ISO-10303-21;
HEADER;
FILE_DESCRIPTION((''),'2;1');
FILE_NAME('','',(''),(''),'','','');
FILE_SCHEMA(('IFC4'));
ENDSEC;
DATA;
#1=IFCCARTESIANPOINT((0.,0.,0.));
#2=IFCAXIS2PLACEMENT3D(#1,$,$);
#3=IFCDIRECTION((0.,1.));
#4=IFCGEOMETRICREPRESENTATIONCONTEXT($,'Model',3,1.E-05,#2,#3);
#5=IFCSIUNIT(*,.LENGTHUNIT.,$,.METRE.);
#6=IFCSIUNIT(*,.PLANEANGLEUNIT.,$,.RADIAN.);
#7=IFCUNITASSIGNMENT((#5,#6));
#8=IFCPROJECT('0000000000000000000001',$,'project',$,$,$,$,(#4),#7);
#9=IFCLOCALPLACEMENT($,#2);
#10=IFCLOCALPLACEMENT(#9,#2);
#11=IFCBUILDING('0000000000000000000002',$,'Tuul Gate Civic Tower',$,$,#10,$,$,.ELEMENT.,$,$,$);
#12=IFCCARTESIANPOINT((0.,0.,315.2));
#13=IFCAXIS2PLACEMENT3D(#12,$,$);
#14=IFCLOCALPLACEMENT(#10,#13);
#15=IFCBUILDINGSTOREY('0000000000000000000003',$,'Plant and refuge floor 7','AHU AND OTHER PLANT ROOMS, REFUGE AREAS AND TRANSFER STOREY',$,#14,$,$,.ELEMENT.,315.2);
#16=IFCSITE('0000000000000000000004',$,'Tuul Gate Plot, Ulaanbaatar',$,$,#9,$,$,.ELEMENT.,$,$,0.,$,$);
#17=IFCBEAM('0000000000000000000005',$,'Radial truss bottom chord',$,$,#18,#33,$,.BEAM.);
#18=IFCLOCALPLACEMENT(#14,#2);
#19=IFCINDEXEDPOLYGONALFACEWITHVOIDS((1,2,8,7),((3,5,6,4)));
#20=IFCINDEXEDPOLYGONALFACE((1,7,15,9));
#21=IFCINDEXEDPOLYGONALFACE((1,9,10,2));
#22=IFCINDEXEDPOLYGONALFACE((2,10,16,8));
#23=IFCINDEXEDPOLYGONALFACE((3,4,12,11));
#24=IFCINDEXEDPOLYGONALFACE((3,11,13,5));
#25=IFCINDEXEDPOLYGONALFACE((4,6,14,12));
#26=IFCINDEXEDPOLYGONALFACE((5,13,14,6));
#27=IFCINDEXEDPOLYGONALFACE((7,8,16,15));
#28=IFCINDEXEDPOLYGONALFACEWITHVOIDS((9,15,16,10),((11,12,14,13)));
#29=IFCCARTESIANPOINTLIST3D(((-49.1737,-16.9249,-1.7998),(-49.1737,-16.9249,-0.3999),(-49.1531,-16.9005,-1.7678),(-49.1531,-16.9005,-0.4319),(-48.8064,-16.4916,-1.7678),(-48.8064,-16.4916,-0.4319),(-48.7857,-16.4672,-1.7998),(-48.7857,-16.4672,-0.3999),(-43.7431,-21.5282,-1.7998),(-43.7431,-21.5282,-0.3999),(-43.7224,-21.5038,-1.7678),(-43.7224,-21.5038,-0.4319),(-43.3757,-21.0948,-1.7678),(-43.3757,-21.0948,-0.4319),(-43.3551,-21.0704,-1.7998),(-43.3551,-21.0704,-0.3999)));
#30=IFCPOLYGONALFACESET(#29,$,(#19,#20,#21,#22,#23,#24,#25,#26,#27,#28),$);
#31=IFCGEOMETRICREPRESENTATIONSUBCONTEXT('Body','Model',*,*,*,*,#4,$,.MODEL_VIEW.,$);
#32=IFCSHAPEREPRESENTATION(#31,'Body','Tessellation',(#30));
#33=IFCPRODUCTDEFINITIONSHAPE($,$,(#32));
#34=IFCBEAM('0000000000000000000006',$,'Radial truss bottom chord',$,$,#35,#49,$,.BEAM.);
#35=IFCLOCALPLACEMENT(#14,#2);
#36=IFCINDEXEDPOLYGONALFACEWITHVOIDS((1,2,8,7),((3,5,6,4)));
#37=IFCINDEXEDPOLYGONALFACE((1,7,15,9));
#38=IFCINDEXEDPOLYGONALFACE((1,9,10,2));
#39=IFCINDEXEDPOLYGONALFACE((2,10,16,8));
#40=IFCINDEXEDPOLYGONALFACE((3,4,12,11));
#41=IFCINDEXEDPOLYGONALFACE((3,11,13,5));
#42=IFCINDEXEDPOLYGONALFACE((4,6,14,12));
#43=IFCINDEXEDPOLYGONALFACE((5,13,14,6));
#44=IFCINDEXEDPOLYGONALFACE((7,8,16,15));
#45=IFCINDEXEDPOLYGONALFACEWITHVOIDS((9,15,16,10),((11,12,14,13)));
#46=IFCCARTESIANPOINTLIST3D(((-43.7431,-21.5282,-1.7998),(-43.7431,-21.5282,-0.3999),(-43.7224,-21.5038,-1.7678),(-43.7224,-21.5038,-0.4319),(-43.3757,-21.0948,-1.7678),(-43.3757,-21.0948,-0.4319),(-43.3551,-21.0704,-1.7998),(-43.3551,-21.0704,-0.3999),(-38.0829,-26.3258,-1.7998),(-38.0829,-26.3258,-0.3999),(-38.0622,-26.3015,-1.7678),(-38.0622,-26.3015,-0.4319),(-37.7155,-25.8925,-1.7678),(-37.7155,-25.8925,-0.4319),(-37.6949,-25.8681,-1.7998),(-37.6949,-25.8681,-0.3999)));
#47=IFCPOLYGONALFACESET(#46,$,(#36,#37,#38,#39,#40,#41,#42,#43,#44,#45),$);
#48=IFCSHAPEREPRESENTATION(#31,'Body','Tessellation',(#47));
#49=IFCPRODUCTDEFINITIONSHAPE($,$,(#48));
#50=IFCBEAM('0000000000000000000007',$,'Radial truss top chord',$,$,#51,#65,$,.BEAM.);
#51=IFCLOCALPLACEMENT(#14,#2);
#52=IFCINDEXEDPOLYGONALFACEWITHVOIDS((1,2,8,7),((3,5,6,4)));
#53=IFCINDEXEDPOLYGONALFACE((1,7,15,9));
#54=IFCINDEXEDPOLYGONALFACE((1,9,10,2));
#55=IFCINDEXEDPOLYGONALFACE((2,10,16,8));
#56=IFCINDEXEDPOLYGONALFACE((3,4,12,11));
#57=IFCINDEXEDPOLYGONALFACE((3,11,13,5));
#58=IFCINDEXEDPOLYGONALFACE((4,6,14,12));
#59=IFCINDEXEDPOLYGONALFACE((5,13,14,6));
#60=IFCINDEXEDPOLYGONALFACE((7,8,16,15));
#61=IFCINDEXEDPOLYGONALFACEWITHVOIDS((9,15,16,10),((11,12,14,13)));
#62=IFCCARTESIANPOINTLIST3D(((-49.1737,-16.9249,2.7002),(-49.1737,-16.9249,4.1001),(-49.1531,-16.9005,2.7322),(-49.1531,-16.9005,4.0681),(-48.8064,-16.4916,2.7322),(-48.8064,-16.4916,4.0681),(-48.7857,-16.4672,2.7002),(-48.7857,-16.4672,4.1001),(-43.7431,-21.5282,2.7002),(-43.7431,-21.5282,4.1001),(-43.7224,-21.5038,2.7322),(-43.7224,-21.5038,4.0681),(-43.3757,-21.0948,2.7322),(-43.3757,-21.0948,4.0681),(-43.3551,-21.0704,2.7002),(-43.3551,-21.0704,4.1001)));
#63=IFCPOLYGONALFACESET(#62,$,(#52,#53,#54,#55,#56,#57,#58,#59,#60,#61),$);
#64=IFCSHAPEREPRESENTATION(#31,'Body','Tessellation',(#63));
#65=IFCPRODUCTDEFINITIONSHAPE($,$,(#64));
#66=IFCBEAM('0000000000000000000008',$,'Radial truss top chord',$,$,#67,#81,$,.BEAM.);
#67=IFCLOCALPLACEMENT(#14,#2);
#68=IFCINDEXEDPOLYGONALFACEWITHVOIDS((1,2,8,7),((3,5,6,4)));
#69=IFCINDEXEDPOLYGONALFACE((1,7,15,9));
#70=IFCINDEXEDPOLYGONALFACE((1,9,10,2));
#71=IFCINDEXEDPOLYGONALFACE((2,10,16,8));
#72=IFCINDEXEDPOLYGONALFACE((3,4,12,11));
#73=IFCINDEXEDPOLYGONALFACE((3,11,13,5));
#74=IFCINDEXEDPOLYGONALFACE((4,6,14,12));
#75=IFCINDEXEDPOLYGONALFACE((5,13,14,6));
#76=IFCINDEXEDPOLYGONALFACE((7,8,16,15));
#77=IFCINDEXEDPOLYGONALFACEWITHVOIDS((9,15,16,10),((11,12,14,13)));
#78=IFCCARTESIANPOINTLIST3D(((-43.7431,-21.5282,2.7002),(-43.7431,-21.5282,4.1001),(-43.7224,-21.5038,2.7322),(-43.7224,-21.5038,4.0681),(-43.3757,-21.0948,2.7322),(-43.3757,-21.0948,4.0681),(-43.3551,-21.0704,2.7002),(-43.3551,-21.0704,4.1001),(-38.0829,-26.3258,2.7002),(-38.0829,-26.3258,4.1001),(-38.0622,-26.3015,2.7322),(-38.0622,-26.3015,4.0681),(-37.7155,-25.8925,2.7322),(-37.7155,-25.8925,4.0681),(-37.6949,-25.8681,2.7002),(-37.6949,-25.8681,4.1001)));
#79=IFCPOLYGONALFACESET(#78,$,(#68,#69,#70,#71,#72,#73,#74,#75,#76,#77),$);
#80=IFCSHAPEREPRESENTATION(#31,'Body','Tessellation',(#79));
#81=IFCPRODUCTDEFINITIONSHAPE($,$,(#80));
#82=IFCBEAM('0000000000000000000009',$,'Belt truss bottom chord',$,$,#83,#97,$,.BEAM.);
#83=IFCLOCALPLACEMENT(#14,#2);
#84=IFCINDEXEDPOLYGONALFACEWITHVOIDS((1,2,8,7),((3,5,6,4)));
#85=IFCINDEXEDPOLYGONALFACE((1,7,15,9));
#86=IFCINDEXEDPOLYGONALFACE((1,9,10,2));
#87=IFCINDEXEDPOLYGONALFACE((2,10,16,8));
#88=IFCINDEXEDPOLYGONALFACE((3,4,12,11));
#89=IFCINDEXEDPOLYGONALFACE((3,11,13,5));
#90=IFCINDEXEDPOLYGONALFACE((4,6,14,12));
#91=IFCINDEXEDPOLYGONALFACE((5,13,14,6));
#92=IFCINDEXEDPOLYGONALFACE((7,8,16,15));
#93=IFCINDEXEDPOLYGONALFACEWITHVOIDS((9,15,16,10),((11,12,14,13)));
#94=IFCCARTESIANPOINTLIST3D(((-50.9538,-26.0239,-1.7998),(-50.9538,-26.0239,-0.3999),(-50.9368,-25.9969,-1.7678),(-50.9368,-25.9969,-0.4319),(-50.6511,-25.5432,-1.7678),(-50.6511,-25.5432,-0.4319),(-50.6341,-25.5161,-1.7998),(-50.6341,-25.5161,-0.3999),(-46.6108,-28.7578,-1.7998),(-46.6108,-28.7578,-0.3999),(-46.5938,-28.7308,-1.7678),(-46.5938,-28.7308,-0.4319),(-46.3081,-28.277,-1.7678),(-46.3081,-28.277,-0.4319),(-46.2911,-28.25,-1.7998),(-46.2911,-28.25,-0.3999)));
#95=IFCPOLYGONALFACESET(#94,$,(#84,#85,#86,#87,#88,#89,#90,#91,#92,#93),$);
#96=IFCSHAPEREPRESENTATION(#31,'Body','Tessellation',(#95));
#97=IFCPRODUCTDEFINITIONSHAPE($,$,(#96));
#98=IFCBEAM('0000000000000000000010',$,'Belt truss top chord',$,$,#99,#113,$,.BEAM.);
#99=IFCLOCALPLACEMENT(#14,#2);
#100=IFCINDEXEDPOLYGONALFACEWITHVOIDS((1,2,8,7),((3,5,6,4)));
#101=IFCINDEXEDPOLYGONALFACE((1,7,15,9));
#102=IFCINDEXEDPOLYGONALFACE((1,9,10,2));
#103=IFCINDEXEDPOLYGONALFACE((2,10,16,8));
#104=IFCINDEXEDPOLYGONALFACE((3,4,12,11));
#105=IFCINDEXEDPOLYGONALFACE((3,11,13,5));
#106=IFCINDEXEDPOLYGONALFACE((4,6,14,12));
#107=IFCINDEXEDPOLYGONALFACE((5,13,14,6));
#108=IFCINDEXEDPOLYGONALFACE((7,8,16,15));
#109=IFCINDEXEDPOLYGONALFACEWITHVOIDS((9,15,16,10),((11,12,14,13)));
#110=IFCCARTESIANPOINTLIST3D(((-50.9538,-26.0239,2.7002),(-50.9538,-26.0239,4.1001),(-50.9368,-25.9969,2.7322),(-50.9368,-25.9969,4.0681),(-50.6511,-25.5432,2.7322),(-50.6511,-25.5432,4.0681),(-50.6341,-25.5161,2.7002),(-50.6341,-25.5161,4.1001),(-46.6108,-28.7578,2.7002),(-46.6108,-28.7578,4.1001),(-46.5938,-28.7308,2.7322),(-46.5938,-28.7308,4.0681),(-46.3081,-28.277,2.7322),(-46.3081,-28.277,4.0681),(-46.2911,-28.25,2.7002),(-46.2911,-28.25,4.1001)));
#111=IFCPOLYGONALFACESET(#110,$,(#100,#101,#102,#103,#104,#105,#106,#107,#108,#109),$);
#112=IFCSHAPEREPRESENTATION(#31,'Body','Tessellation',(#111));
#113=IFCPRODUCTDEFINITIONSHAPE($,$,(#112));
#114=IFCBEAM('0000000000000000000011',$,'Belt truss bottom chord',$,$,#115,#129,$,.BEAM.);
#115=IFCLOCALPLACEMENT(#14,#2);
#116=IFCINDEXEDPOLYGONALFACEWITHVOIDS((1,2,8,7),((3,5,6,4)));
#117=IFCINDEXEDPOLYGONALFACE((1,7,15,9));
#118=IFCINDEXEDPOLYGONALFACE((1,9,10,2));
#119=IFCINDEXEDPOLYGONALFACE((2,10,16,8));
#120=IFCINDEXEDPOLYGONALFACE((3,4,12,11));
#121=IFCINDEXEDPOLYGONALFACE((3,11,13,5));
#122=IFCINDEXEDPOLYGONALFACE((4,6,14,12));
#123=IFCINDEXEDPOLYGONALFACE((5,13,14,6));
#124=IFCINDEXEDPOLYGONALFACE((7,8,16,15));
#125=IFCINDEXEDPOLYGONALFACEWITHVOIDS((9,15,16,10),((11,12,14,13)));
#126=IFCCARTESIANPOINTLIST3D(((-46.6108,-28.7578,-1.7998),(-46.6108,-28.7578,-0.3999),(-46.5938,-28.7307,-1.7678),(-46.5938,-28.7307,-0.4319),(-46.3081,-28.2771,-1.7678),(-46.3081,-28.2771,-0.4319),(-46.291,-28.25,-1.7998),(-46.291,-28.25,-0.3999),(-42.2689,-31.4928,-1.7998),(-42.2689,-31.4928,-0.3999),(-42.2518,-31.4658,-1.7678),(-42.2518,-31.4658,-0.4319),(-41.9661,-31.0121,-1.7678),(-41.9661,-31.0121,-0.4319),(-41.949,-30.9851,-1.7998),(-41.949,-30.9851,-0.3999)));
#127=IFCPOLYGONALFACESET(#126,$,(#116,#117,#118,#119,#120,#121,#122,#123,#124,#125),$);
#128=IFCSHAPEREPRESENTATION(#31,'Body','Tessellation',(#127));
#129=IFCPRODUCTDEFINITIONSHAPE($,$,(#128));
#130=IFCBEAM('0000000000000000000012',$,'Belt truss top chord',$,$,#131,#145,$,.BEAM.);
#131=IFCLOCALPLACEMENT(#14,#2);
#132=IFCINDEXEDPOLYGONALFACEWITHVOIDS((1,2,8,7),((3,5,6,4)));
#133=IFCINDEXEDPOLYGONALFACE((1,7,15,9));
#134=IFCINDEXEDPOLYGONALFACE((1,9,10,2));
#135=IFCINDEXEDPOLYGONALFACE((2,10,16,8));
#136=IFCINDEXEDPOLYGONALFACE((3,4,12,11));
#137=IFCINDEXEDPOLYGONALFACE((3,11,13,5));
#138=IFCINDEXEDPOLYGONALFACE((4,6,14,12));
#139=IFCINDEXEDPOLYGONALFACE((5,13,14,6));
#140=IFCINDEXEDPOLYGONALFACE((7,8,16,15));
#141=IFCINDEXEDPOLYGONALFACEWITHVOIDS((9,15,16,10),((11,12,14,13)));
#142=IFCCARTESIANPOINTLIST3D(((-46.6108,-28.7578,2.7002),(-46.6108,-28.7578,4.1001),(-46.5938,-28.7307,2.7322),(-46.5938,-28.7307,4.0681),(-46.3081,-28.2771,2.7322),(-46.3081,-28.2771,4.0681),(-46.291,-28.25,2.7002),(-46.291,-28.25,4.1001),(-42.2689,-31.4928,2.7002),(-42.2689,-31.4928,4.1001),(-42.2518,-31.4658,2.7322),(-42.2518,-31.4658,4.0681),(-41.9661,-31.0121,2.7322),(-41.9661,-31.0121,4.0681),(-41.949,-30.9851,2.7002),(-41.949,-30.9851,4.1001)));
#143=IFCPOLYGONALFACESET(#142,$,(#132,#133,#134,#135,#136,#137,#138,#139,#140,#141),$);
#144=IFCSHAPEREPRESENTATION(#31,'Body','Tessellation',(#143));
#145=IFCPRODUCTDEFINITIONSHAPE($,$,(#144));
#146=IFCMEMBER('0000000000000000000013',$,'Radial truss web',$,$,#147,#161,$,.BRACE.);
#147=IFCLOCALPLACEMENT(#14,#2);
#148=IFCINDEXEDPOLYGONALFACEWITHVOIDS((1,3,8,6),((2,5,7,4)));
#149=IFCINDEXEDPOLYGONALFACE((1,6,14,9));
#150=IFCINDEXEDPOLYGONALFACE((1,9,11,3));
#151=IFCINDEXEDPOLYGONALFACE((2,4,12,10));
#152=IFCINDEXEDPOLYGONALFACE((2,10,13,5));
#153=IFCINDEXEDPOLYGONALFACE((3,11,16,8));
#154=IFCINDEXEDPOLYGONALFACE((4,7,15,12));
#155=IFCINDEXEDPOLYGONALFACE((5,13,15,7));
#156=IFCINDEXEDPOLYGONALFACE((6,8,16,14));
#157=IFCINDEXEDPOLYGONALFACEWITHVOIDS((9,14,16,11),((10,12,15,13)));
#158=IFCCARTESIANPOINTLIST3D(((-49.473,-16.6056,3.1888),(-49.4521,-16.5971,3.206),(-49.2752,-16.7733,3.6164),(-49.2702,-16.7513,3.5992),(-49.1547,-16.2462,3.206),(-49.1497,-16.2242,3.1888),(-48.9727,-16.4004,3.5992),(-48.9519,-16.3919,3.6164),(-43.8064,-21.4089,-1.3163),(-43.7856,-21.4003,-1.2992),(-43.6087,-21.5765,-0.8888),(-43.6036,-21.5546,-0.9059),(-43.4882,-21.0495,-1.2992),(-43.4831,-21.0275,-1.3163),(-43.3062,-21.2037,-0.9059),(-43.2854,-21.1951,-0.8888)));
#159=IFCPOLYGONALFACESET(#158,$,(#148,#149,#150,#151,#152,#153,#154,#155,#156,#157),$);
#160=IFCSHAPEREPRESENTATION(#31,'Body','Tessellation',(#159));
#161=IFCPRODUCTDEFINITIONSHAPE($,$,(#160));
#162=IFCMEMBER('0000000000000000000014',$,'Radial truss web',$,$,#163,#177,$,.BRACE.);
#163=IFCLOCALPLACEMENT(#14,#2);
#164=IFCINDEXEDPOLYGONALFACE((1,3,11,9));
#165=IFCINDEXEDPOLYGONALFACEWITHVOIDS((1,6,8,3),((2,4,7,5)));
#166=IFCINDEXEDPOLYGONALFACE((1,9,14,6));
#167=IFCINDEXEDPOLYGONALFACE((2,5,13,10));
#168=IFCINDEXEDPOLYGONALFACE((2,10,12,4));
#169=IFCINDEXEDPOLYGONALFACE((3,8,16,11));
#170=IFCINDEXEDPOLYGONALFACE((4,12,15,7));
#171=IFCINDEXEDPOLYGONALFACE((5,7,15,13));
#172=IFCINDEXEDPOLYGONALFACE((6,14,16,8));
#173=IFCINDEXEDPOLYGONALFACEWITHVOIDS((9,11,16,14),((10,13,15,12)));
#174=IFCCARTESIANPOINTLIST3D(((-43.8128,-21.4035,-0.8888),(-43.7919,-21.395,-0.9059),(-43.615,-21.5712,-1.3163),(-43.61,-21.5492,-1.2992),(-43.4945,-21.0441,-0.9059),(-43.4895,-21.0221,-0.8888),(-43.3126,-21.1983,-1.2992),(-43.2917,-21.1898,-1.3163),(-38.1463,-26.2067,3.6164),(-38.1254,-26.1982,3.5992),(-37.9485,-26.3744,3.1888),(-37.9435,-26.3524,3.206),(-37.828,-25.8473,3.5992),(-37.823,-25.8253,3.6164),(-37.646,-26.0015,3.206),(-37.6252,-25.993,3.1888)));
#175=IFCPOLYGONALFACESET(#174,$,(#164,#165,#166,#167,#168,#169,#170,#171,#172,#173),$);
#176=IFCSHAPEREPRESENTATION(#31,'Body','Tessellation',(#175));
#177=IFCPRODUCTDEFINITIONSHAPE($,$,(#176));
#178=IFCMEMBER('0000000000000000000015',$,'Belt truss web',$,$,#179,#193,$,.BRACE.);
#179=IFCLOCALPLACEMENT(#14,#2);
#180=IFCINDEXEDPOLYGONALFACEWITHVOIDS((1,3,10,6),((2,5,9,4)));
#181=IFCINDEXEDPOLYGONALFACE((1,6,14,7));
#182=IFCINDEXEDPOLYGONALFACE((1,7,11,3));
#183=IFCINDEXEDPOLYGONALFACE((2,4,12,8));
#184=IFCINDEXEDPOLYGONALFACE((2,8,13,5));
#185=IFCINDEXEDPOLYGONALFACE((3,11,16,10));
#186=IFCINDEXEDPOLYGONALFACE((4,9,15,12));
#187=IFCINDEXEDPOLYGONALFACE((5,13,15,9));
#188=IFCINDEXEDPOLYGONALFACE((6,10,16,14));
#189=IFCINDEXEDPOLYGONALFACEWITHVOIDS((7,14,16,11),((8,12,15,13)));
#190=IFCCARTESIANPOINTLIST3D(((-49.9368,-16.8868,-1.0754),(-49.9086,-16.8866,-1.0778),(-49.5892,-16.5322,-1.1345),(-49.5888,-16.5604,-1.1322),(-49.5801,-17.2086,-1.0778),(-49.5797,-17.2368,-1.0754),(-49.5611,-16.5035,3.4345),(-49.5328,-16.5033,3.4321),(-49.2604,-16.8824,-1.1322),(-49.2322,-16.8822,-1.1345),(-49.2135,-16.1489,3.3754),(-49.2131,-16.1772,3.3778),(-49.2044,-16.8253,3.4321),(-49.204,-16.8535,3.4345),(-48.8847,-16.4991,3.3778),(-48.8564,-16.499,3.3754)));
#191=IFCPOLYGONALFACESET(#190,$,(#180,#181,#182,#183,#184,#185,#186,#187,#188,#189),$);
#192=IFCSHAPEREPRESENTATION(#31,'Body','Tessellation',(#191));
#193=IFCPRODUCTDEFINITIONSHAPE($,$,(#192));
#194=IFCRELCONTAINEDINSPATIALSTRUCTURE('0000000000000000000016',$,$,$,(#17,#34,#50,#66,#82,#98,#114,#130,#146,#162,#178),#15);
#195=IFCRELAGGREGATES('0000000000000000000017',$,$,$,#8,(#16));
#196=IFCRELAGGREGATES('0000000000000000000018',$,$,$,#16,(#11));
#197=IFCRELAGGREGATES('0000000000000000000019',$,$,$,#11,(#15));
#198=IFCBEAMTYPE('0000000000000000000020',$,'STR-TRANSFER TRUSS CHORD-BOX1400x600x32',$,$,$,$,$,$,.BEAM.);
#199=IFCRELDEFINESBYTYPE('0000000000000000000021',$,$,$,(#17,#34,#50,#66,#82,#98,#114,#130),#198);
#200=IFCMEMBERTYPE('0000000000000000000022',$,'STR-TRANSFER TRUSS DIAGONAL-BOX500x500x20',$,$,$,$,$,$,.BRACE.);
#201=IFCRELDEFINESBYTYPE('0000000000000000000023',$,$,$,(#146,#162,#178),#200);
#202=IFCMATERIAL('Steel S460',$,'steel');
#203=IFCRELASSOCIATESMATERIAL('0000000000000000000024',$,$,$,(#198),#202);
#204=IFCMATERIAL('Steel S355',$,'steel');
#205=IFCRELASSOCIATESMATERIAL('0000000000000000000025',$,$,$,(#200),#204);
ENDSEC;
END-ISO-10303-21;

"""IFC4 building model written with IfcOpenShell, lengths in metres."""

from ifc_helpers import new_model, si_unit, direction, frame, origin, origin_2d, place, context, subcontext, project, spatial, hollow_rectangle, extrude, material, material_profile, profile_set, type_object, element, save


model = new_model("IFC4")

# Units and contexts
model_context = context("Model", 3, precision=1e-05, world=origin(), true_north=direction((0.0, 1.0)))
body_context = subcontext(model_context, "Body", "Model", "MODEL_VIEW")
ifc_project = project(units=[si_unit("LENGTHUNIT", "METRE"), si_unit("PLANEANGLEUNIT", "RADIAN")], contexts=[model_context])

# Site, building, storey
site_placement = place(None, origin())
site = spatial("IfcSite", under=ifc_project, at=site_placement, Name="Tuul Gate Plot, Ulaanbaatar", CompositionType="ELEMENT", RefElevation=0.0)
building_placement = place(site_placement, origin())
building = spatial("IfcBuilding", under=site, at=building_placement, Name="Tuul Gate Civic Tower", CompositionType="ELEMENT")
storey_placement = place(building_placement, frame((0.0, 0.0, 315.2)))
storey = spatial("IfcBuildingStorey", under=building, at=storey_placement, Name="Plant and refuge floor 7", Description="AHU AND OTHER PLANT ROOMS, REFUGE AREAS AND TRANSFER STOREY", CompositionType="ELEMENT", Elevation=315.2)

# Beams
ifc_material_1 = material(Name="Steel S460", Category="steel")
ifc_material_profile_1 = material_profile(ifc_material_1, hollow_rectangle(XDim=0.6001, YDim=1.3999, WallThickness=0.032, at=origin_2d()), Name="BOX1400x600x32")
ifc_profile_set_1 = profile_set([ifc_material_profile_1], Name="Steel S460")
beam_type = type_object("IfcBeamType", Name="STR-TRANSFER TRUSS CHORD-BOX1400x600x32", PredefinedType="BEAM", material=ifc_profile_set_1)
beam_1_placement = place(storey_placement, frame((-48.9797, -16.696, -1.0999), z_axis=(0.762825, -0.646605, 0.0), x_axis=(0.646605, 0.762825, 0.0)))
element("IfcBeam", 1, at=beam_1_placement, inside=storey, type_object=beam_type, Name="Radial truss bottom chord", PredefinedType="BEAM", context=body_context, shape_type="SweptSolid", body=[
    extrude(hollow_rectangle(XDim=0.6001, YDim=1.3999, WallThickness=0.032, at=origin_2d()), origin(), (0.0, 0.0, 1.0), 7.1191),
])
beam_2_placement = place(storey_placement, frame((-43.5491, -21.2993, -1.0999), z_axis=(0.762838, -0.64659, 0.0), x_axis=(0.64659, 0.762838, 0.0)))
element("IfcBeam", 2, at=beam_2_placement, inside=storey, type_object=beam_type, Name="Radial truss bottom chord", PredefinedType="BEAM", context=body_context, shape_type="SweptSolid", body=[
    extrude(hollow_rectangle(XDim=0.6001, YDim=1.3999, WallThickness=0.032, at=origin_2d()), origin(), (0.0, 0.0, 1.0), 7.4199),
])
beam_3_placement = place(storey_placement, frame((-48.9797, -16.696, 3.4001), z_axis=(0.762825, -0.646605, 0.0), x_axis=(0.646605, 0.762825, 0.0)))
element("IfcBeam", 3, at=beam_3_placement, inside=storey, type_object=beam_type, Name="Radial truss top chord", PredefinedType="BEAM", context=body_context, shape_type="SweptSolid", body=[
    extrude(hollow_rectangle(XDim=0.6001, YDim=1.3999, WallThickness=0.032, at=origin_2d()), origin(), (0.0, 0.0, 1.0), 7.1191),
])
beam_4_placement = place(storey_placement, frame((-43.5491, -21.2993, 3.4001), z_axis=(0.762838, -0.64659, 0.0), x_axis=(0.64659, 0.762838, 0.0)))
element("IfcBeam", 4, at=beam_4_placement, inside=storey, type_object=beam_type, Name="Radial truss top chord", PredefinedType="BEAM", context=body_context, shape_type="SweptSolid", body=[
    extrude(hollow_rectangle(XDim=0.6001, YDim=1.3999, WallThickness=0.032, at=origin_2d()), origin(), (0.0, 0.0, 1.0), 7.4199),
])
for number, where, z_axis, x_axis, name in (
    (5, (-50.7939, -25.77, -1.0999), (0.846286, -0.532729, 0.0), (0.532729, 0.846286, 0.0), "Belt truss bottom chord"),
    (6, (-50.7939, -25.77, 3.4001), (0.846286, -0.532729, 0.0), (0.532729, 0.846286, 0.0), "Belt truss top chord"),
):
    element("IfcBeam", number, at=place(storey_placement, frame(where, z_axis=z_axis, x_axis=x_axis)), inside=storey, type_object=beam_type, Name=name, PredefinedType="BEAM", context=body_context, shape_type="SweptSolid", body=[
        extrude(hollow_rectangle(XDim=0.6001, YDim=1.3999, WallThickness=0.032, at=origin_2d()), origin(), (0.0, 0.0, 1.0), 5.1318),
    ])
for number, where, z_axis, x_axis, name in (
    (7, (-46.4509, -28.5039, -1.0999), (0.846125, -0.532985, 0.0), (0.532985, 0.846125, 0.0), "Belt truss bottom chord"),
    (8, (-46.4509, -28.5039, 3.4001), (0.846125, -0.532985, 0.0), (0.532985, 0.846125, 0.0), "Belt truss top chord"),
):
    element("IfcBeam", number, at=place(storey_placement, frame(where, z_axis=z_axis, x_axis=x_axis)), inside=storey, type_object=beam_type, Name=name, PredefinedType="BEAM", context=body_context, shape_type="SweptSolid", body=[
        extrude(hollow_rectangle(XDim=0.6001, YDim=1.3999, WallThickness=0.032, at=origin_2d()), origin(), (0.0, 0.0, 1.0), 5.1316),
    ])

# Members
ifc_material_2 = material(Name="Steel S355", Category="steel")
ifc_material_profile_2 = material_profile(ifc_material_2, hollow_rectangle(XDim=0.5, YDim=0.5, WallThickness=0.02, at=origin_2d()), Name="BOX500x500x20")
ifc_profile_set_2 = profile_set([ifc_material_profile_2], Name="Steel S355")
member_type_1 = type_object("IfcMemberType", Name="STR-TRANSFER TRUSS DIAGONAL-BOX500x500x20", PredefinedType="BRACE", material=ifc_profile_set_2)
for number, where, z_axis, x_axis, name in (
    (9, (-43.5459, -21.302, -1.1025), (-0.652243, 0.552875, 0.518563), (-0.646608, -0.762823, 0.0), "Radial truss web"),
    (10, (-43.5522, -21.2966, -1.1025), (0.652243, -0.552875, 0.518563), (0.646608, 0.762823, 0.0), "Radial truss web"),
):
    element("IfcMember", number, at=place(storey_placement, frame(where, z_axis=z_axis, x_axis=x_axis)), inside=storey, type_object=member_type_1, Name=name, PredefinedType="BRACE", context=body_context, shape_type="SweptSolid", body=[
        extrude(hollow_rectangle(XDim=0.5, YDim=0.5, WallThickness=0.02, at=origin_2d()), origin(), (0.0, 0.0, 1.0), 8.6877),
    ])
member_1_placement = place(storey_placement, frame((-49.5845, -16.8845, -1.105), z_axis=(0.082727, 0.084393, 0.992992), x_axis=(-0.714122, 0.700021, 0.0)))
element("IfcMember", 11, at=member_1_placement, inside=storey, type_object=member_type_1, Name="Belt truss web", PredefinedType="BRACE", context=body_context, shape_type="SweptSolid", body=[
    extrude(hollow_rectangle(XDim=0.5, YDim=0.5, WallThickness=0.02, at=origin_2d()), origin(), (0.0, 0.0, 1.0), 4.5417),
])

save(model, "model.ifc")
